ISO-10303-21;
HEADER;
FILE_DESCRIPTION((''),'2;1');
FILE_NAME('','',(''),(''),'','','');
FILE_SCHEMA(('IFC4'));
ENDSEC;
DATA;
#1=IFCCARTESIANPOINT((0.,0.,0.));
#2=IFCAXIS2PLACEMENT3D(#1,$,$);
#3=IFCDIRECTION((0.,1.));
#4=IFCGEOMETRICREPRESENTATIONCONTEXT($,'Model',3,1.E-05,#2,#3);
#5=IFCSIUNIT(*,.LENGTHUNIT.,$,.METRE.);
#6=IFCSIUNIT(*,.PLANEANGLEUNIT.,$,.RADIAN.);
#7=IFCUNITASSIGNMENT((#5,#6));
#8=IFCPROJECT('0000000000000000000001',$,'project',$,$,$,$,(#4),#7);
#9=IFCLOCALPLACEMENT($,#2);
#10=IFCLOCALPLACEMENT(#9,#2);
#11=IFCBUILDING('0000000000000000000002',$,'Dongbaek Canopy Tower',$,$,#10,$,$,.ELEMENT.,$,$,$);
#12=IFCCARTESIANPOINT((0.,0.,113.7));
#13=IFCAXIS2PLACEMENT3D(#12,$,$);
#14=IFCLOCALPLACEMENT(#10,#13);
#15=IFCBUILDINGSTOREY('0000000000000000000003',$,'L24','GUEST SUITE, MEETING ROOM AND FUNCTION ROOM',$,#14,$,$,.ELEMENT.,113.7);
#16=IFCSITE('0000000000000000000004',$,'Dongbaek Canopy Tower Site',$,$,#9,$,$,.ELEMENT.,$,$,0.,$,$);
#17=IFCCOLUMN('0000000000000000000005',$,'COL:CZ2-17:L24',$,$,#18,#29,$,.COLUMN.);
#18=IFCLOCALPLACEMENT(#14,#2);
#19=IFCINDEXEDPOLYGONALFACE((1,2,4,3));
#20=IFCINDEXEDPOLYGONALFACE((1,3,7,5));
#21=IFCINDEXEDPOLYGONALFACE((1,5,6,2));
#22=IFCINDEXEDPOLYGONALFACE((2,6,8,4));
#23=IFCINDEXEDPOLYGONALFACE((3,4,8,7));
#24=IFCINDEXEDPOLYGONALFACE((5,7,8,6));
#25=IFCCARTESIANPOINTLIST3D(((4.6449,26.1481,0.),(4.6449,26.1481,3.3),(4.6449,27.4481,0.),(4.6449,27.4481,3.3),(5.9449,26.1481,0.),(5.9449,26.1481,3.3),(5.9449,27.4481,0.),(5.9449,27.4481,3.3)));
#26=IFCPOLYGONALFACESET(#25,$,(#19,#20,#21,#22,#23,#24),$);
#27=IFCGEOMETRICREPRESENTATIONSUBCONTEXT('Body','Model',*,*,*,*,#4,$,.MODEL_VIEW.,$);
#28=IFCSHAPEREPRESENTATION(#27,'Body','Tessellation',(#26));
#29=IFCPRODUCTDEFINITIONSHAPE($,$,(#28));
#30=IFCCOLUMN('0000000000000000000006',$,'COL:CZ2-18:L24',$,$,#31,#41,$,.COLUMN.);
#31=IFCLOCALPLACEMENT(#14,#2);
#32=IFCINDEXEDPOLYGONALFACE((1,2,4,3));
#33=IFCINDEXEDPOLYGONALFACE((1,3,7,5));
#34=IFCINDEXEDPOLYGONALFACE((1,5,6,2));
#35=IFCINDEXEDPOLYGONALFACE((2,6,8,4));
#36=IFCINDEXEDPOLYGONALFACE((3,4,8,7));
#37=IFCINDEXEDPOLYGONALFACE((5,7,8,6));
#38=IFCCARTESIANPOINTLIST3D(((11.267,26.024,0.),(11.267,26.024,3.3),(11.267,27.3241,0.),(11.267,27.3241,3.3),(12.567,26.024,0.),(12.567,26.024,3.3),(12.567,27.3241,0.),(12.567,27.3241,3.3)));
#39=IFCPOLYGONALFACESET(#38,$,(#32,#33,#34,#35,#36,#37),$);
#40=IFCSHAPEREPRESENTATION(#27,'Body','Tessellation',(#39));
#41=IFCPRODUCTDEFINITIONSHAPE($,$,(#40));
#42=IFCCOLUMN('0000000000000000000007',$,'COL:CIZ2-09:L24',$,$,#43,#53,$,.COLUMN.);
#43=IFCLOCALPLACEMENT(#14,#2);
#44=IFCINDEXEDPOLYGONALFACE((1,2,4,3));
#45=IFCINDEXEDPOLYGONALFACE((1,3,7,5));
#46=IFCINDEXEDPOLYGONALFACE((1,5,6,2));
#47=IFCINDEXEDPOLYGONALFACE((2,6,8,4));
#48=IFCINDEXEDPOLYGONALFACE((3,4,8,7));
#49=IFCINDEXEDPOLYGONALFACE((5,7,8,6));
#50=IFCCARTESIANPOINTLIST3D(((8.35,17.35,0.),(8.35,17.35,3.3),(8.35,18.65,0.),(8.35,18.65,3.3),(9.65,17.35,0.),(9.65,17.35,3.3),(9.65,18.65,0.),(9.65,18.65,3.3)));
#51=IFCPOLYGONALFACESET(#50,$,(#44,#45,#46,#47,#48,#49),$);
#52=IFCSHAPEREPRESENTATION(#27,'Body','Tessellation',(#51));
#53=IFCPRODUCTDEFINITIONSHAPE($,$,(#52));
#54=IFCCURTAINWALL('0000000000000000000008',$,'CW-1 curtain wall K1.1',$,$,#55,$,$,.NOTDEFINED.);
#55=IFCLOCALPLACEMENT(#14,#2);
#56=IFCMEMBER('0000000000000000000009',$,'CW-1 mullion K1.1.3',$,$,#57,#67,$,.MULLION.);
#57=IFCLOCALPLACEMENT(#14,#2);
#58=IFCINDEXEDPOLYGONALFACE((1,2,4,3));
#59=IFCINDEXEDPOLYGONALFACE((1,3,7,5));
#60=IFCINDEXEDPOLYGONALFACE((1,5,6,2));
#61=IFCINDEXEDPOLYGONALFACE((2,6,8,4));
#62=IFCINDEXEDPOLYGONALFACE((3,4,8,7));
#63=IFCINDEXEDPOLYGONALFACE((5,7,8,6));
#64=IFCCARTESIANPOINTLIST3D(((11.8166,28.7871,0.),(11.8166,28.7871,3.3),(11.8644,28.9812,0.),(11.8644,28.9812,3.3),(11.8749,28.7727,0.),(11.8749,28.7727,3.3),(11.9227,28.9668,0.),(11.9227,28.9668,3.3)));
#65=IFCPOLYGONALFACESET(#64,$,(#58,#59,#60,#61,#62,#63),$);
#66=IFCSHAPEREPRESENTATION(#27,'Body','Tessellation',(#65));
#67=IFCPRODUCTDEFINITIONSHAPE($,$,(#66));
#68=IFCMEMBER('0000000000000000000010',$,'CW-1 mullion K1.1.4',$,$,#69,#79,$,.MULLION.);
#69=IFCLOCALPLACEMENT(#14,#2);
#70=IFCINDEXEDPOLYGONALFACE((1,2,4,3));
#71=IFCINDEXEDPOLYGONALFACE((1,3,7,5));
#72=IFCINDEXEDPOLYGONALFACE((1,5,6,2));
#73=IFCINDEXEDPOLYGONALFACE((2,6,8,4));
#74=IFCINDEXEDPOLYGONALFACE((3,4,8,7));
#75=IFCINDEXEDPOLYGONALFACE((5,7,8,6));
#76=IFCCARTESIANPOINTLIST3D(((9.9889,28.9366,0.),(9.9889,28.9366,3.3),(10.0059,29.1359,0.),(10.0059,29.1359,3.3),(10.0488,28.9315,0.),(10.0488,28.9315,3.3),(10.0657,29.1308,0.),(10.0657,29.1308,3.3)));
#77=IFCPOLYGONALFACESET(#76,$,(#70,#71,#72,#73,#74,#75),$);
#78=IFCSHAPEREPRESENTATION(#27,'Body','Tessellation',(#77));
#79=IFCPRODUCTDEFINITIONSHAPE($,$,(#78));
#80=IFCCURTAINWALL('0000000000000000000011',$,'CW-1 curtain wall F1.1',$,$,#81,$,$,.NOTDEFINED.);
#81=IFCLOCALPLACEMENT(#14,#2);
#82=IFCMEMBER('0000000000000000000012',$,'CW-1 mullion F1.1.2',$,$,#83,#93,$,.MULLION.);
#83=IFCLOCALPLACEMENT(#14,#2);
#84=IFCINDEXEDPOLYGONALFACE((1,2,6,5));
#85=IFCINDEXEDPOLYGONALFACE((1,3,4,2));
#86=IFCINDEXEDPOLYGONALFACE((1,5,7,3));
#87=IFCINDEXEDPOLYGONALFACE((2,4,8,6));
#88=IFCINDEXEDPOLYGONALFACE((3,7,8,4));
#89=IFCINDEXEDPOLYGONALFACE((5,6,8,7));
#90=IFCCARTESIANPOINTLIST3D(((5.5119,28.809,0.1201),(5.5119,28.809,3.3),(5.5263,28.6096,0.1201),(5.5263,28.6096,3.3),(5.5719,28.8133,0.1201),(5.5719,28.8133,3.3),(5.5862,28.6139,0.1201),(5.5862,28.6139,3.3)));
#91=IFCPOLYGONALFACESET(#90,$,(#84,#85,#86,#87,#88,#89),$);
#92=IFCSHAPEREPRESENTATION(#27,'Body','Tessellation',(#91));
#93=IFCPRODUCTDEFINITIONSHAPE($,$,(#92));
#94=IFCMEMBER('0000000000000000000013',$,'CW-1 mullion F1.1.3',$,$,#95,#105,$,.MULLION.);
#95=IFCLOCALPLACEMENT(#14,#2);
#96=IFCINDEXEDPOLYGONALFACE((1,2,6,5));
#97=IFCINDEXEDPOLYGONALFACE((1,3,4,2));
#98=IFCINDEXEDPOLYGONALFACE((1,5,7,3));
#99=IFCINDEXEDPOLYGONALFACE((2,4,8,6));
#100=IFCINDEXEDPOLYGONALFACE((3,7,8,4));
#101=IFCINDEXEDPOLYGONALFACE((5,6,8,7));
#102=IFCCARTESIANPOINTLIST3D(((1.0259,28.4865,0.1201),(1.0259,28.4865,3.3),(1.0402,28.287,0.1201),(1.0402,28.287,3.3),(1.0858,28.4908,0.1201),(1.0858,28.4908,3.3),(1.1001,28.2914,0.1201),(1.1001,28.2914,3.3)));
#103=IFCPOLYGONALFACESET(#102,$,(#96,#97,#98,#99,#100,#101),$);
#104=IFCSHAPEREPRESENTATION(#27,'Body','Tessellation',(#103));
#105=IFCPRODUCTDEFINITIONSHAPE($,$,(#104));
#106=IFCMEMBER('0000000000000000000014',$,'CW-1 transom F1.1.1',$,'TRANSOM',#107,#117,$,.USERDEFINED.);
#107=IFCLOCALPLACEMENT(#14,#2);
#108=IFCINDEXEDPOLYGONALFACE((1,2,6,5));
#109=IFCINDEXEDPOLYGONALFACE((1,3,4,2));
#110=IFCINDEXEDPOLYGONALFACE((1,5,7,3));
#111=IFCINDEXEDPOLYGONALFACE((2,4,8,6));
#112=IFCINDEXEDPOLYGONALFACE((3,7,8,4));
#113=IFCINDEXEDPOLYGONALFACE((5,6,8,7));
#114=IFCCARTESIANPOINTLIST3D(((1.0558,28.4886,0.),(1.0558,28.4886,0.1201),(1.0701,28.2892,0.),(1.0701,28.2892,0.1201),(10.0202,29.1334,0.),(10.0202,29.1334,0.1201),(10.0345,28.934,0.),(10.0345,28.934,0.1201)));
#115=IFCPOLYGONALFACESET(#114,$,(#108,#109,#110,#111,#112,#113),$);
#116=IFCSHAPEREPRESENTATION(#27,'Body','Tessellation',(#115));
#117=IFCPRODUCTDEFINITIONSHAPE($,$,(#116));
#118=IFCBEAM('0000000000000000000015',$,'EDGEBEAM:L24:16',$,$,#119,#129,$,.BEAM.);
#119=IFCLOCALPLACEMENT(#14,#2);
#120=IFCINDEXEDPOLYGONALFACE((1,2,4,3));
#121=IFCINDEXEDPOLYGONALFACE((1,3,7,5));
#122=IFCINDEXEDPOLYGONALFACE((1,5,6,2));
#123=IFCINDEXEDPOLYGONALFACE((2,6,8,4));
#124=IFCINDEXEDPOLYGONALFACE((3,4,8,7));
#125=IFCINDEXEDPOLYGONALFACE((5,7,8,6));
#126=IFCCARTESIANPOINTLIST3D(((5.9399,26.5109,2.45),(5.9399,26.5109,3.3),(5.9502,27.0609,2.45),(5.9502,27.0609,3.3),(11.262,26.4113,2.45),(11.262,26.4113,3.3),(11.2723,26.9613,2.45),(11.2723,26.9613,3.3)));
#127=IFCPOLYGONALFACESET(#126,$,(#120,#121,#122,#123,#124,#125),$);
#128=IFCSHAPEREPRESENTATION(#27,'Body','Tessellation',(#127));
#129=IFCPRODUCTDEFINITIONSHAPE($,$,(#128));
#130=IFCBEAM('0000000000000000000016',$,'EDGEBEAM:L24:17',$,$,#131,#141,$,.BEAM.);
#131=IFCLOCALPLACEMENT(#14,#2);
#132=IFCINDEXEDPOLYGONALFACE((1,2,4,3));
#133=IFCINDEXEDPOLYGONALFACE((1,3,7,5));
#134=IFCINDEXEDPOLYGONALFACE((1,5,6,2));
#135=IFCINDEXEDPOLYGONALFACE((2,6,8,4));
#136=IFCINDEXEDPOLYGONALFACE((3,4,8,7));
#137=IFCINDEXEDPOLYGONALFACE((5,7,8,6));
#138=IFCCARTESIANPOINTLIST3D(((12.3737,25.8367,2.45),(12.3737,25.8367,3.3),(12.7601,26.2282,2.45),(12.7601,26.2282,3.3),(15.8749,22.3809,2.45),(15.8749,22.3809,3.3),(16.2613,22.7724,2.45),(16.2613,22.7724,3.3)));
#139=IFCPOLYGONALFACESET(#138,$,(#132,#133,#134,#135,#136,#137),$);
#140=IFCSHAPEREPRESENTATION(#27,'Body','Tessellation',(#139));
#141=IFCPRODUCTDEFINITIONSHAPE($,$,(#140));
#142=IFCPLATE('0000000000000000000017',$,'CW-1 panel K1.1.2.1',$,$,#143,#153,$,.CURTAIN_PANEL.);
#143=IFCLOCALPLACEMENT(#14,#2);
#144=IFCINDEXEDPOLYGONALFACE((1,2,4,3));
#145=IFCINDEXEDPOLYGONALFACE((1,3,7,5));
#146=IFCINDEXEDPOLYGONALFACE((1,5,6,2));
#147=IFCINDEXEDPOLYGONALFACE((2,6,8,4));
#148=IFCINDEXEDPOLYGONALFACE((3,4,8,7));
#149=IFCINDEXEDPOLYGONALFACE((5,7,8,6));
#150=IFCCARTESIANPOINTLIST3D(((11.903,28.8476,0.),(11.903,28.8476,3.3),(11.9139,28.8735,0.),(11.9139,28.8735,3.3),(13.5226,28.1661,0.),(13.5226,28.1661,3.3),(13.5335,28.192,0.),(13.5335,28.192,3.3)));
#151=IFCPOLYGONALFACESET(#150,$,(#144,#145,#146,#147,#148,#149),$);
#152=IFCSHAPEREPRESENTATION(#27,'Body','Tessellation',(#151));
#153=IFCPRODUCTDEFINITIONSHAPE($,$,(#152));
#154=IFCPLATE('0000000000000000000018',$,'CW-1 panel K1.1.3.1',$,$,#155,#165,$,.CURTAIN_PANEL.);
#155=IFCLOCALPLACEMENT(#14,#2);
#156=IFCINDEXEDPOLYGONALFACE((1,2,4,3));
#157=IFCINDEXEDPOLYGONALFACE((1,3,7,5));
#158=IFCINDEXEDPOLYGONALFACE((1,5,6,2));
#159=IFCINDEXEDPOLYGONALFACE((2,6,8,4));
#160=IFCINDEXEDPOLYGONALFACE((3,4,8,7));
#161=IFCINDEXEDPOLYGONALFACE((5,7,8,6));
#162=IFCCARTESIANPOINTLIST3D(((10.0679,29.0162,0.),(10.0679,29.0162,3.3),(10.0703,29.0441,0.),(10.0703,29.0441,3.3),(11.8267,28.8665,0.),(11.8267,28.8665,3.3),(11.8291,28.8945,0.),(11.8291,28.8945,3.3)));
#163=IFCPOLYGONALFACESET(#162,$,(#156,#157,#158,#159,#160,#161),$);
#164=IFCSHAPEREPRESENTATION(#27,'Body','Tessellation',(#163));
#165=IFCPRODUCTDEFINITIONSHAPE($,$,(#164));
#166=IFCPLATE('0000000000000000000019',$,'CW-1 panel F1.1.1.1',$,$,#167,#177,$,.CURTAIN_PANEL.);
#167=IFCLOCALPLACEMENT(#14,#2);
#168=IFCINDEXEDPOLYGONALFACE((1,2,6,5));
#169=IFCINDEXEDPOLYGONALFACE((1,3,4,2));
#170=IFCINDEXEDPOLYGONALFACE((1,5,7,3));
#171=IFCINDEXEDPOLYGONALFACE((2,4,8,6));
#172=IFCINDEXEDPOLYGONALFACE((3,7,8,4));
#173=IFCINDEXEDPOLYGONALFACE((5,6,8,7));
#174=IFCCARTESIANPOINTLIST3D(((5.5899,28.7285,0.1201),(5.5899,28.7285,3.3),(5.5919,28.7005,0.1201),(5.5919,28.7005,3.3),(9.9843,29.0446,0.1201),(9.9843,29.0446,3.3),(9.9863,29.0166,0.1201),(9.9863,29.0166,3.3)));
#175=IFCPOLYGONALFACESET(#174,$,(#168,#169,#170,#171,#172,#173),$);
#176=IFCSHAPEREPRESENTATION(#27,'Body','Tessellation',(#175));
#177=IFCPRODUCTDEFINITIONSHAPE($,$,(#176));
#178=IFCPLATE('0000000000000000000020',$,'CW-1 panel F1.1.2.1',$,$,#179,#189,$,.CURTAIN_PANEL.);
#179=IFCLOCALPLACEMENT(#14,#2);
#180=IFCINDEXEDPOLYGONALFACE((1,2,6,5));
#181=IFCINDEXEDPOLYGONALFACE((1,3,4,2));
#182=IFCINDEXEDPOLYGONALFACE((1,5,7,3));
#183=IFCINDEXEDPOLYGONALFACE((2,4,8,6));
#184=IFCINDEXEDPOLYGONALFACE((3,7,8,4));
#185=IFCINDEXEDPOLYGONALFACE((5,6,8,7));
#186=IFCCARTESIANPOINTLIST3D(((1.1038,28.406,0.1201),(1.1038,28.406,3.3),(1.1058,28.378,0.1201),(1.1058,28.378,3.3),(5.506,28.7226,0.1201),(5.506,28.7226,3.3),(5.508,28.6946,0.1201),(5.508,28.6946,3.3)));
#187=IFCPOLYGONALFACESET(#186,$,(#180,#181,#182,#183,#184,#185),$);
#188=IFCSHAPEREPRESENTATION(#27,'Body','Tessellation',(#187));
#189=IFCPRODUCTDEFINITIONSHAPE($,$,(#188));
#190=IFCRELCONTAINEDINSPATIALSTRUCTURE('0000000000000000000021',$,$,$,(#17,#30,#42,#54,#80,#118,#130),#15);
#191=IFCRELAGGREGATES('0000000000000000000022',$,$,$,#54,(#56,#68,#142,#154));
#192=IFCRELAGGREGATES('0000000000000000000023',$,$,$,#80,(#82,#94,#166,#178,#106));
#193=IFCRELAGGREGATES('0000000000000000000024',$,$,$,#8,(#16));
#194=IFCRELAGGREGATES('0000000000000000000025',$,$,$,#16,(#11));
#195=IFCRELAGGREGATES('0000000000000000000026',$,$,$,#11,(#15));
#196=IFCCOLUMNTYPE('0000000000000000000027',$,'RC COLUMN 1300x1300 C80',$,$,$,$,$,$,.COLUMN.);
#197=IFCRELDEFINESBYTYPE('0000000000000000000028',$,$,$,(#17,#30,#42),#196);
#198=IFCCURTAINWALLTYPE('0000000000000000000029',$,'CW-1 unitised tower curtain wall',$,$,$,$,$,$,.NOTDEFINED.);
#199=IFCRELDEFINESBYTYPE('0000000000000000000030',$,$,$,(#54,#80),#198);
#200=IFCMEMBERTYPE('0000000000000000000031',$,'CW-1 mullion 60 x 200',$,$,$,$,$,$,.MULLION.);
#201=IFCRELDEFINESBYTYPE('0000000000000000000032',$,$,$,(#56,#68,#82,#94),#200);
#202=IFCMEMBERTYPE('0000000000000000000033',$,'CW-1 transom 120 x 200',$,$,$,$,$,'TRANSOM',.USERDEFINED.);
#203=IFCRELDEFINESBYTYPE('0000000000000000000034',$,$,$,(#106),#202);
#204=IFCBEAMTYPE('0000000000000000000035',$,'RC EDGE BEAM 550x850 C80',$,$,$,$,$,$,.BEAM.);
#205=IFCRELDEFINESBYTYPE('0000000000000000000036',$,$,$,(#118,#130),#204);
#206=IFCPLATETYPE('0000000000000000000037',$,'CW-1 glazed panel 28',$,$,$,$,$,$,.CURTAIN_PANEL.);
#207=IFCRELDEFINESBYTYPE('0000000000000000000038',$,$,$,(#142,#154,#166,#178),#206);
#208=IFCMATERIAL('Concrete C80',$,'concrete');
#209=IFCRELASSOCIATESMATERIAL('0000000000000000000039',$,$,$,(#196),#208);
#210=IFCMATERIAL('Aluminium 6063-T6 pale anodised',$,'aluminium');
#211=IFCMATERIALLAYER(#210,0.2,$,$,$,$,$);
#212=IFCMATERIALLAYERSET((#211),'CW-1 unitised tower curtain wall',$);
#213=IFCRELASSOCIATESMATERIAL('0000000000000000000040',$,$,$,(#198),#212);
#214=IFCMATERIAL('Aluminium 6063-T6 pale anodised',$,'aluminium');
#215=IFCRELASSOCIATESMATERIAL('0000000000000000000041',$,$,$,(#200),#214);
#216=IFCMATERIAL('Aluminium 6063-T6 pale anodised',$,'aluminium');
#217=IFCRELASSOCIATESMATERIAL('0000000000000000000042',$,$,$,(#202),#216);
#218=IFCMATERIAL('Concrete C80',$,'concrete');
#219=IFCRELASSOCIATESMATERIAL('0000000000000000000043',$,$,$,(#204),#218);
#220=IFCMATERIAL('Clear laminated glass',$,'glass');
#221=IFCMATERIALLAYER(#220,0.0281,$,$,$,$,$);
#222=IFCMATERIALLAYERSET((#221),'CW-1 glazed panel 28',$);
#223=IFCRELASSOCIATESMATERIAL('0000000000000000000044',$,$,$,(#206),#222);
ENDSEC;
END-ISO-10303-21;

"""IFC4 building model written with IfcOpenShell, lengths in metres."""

from ifc_helpers import new_model, si_unit, direction, frame, origin, origin_2d, place, context, subcontext, project, spatial, rectangle, extrude, material, layer, layer_set, material_profile, profile_set, type_object, element, aggregate, save


model = new_model("IFC4")

# Units and contexts
model_context = context("Model", 3, precision=1e-05, world=origin(), true_north=direction((0.0, 1.0)))
body_context = subcontext(model_context, "Body", "Model", "MODEL_VIEW")
ifc_project = project(units=[si_unit("LENGTHUNIT", "METRE"), si_unit("PLANEANGLEUNIT", "RADIAN")], contexts=[model_context])

# Site, building, storey
site_placement = place(None, origin())
site = spatial("IfcSite", under=ifc_project, at=site_placement, Name="Dongbaek Canopy Tower Site", CompositionType="ELEMENT", RefElevation=0.0)
building_placement = place(site_placement, origin())
building = spatial("IfcBuilding", under=site, at=building_placement, Name="Dongbaek Canopy Tower", CompositionType="ELEMENT")
storey_placement = place(building_placement, frame((0.0, 0.0, 113.7)))
storey = spatial("IfcBuildingStorey", under=building, at=storey_placement, Name="L24", Description="GUEST SUITE, MEETING ROOM AND FUNCTION ROOM", CompositionType="ELEMENT", Elevation=113.7)

# Columns
ifc_material_1 = material(Name="Concrete C80", Category="concrete")
ifc_material_profile_1 = material_profile(ifc_material_1, rectangle(XDim=1.3, YDim=1.3, at=origin_2d()), Name="RC COLUMN 1300x1300 C80")
ifc_profile_set_1 = profile_set([ifc_material_profile_1], Name="Concrete C80")
column_type = type_object("IfcColumnType", Name="RC COLUMN 1300x1300 C80", PredefinedType="COLUMN", material=ifc_profile_set_1)
for number, where, z_axis, x_axis, name in (
    (1, (5.2949, 26.7981, 0.0), (0.0, 0.0, 1.0), (1.0, 0.0, 0.0), "COL:CZ2-17:L24"),
    (2, (11.917, 26.6741, 0.0), (0.0, 0.0, 1.0), (1.0, 0.0, 0.0), "COL:CZ2-18:L24"),
    (3, (9.0, 18.0, 0.0), (0.0, 0.0, 1.0), (1.0, 0.0, 0.0), "COL:CIZ2-09:L24"),
):
    element("IfcColumn", number, at=place(storey_placement, frame(where, z_axis=z_axis, x_axis=x_axis)), inside=storey, type_object=column_type, Name=name, PredefinedType="COLUMN", context=body_context, shape_type="SweptSolid", body=[
        extrude(rectangle(XDim=1.3, YDim=1.3, at=origin_2d()), origin(), (0.0, 0.0, 1.0), 3.3),
    ])

# Curtain walls, members
ifc_material_2 = material(Name="Aluminium 6063-T6 pale anodised", Category="aluminium")
ifc_layer_1 = layer(ifc_material_2, 0.2)
ifc_layer_set_1 = layer_set([ifc_layer_1], Name="CW-1 unitised tower curtain wall")
curtain_wall_type = type_object("IfcCurtainWallType", Name="CW-1 unitised tower curtain wall", PredefinedType="NOTDEFINED", material=ifc_layer_set_1)
curtain_wall_1_placement = place(storey_placement, origin())
curtain_wall_1 = element("IfcCurtainWall", 4, at=curtain_wall_1_placement, inside=storey, type_object=curtain_wall_type, Name="CW-1 curtain wall K1.1", PredefinedType="NOTDEFINED")
ifc_material_3 = material(Name="Aluminium 6063-T6 pale anodised", Category="aluminium")
ifc_material_profile_2 = material_profile(ifc_material_3, rectangle(XDim=0.2, YDim=0.0601, at=origin_2d()), Name="CW-1 mullion 60 x 200")
ifc_profile_set_2 = profile_set([ifc_material_profile_2], Name="Aluminium 6063-T6 pale anodised")
member_type_1 = type_object("IfcMemberType", Name="CW-1 mullion 60 x 200", PredefinedType="MULLION", material=ifc_profile_set_2)
member_1_placement = place(storey_placement, frame((11.8696, 28.877, 0.0), z_axis=(0.0, 0.0, 1.0), x_axis=(0.23925, 0.970958, 0.0)))
member_1 = element("IfcMember", 5, at=member_1_placement, type_object=member_type_1, Name="CW-1 mullion K1.1.3", PredefinedType="MULLION", context=body_context, shape_type="SweptSolid", body=[
    extrude(rectangle(XDim=0.2, YDim=0.0601, at=origin_2d()), origin(), (0.0, 0.0, 1.0), 3.3),
])
member_2_placement = place(storey_placement, frame((10.0273, 29.0337, 0.0), z_axis=(0.0, 0.0, 1.0), x_axis=(0.084793, 0.996399, 0.0)))
member_2 = element("IfcMember", 6, at=member_2_placement, type_object=member_type_1, Name="CW-1 mullion K1.1.4", PredefinedType="MULLION", context=body_context, shape_type="SweptSolid", body=[
    extrude(rectangle(XDim=0.2, YDim=0.0601, at=origin_2d()), origin(), (0.0, 0.0, 1.0), 3.3),
])
curtain_wall_2_placement = place(storey_placement, origin())
curtain_wall_2 = element("IfcCurtainWall", 7, at=curtain_wall_2_placement, inside=storey, type_object=curtain_wall_type, Name="CW-1 curtain wall F1.1", PredefinedType="NOTDEFINED")
member_3_placement = place(storey_placement, frame((5.5491, 28.7114, 0.1201), z_axis=(0.0, 0.0, 1.0), x_axis=(-0.071743, 0.997423, 0.0)))
member_3 = element("IfcMember", 8, at=member_3_placement, type_object=member_type_1, Name="CW-1 mullion F1.1.2", PredefinedType="MULLION", context=body_context, shape_type="SweptSolid", body=[
    extrude(rectangle(XDim=0.2, YDim=0.0601, at=origin_2d()), origin(), (0.0, 0.0, 1.0), 3.1799),
])
member_4_placement = place(storey_placement, frame((1.063, 28.3889, 0.1201), z_axis=(0.0, 0.0, 1.0), x_axis=(-0.071743, 0.997423, 0.0)))
member_4 = element("IfcMember", 9, at=member_4_placement, type_object=member_type_1, Name="CW-1 mullion F1.1.3", PredefinedType="MULLION", context=body_context, shape_type="SweptSolid", body=[
    extrude(rectangle(XDim=0.2, YDim=0.0601, at=origin_2d()), origin(), (0.0, 0.0, 1.0), 3.1799),
])
ifc_material_4 = material(Name="Aluminium 6063-T6 pale anodised", Category="aluminium")
ifc_material_profile_3 = material_profile(ifc_material_4, rectangle(XDim=0.2, YDim=0.1201, at=origin_2d()), Name="CW-1 transom 120 x 200")
ifc_profile_set_3 = profile_set([ifc_material_profile_3], Name="Aluminium 6063-T6 pale anodised")
member_type_2 = type_object("IfcMemberType", Name="CW-1 transom 120 x 200", ElementType="TRANSOM", PredefinedType="USERDEFINED", material=ifc_profile_set_3)
member_5_placement = place(storey_placement, frame((10.0273, 29.0337, 0.0601), z_axis=(-0.997423, -0.071741, 0.0), x_axis=(0.071741, -0.997423, 0.0)))
member_5 = element("IfcMember", 10, at=member_5_placement, type_object=member_type_2, Name="CW-1 transom F1.1.1", ObjectType="TRANSOM", PredefinedType="USERDEFINED", context=body_context, shape_type="SweptSolid", body=[
    extrude(rectangle(XDim=0.2, YDim=0.1201, at=origin_2d()), origin(), (0.0, 0.0, 1.0), 8.9875),
])

# Beams
ifc_material_5 = material(Name="Concrete C80", Category="concrete")
ifc_material_profile_4 = material_profile(ifc_material_5, rectangle(XDim=0.55, YDim=0.8501, at=origin_2d()), Name="RC EDGE BEAM 550x850 C80")
ifc_profile_set_4 = profile_set([ifc_material_profile_4], Name="Concrete C80")
beam_type = type_object("IfcBeamType", Name="RC EDGE BEAM 550x850 C80", PredefinedType="BEAM", material=ifc_profile_set_4)
beam_1_placement = place(storey_placement, frame((5.9451, 26.7859, 2.875), z_axis=(0.999825, -0.018713, 0.0), x_axis=(0.018713, 0.999825, 0.0)))
element("IfcBeam", 11, at=beam_1_placement, inside=storey, type_object=beam_type, Name="EDGEBEAM:L24:16", PredefinedType="BEAM", context=body_context, shape_type="SweptSolid", body=[
    extrude(rectangle(XDim=0.55, YDim=0.8501, at=origin_2d()), origin(), (0.0, 0.0, 1.0), 5.323),
])
beam_2_placement = place(storey_placement, frame((12.5669, 26.0325, 2.875), z_axis=(0.711707, -0.702476, 0.0), x_axis=(0.702476, 0.711707, 0.0)))
element("IfcBeam", 12, at=beam_2_placement, inside=storey, type_object=beam_type, Name="EDGEBEAM:L24:17", PredefinedType="BEAM", context=body_context, shape_type="SweptSolid", body=[
    extrude(rectangle(XDim=0.55, YDim=0.8501, at=origin_2d()), origin(), (0.0, 0.0, 1.0), 4.9194),
])

# Plates
ifc_material_6 = material(Name="Clear laminated glass", Category="glass")
ifc_layer_2 = layer(ifc_material_6, 0.0281)
ifc_layer_set_2 = layer_set([ifc_layer_2], Name="CW-1 glazed panel 28")
plate_type = type_object("IfcPlateType", Name="CW-1 glazed panel 28", PredefinedType="CURTAIN_PANEL", material=ifc_layer_set_2)
plate_1_placement = place(storey_placement, frame((12.7183, 28.5198, 0.0), z_axis=(0.0, 0.0, 1.0), x_axis=(-0.921724, 0.387845, 0.0)))
plate_1 = element("IfcPlate", 13, at=plate_1_placement, type_object=plate_type, Name="CW-1 panel K1.1.2.1", PredefinedType="CURTAIN_PANEL", context=body_context, shape_type="SweptSolid", body=[
    extrude(rectangle(XDim=1.7571, YDim=0.0281, at=origin_2d()), origin(), (0.0, 0.0, 1.0), 3.3),
])
plate_2_placement = place(storey_placement, frame((10.9485, 28.9553, 0.0), z_axis=(0.0, 0.0, 1.0), x_axis=(-0.996399, 0.084793, 0.0)))
plate_2 = element("IfcPlate", 14, at=plate_2_placement, type_object=plate_type, Name="CW-1 panel K1.1.3.1", PredefinedType="CURTAIN_PANEL", context=body_context, shape_type="SweptSolid", body=[
    extrude(rectangle(XDim=1.7651, YDim=0.0281, at=origin_2d()), origin(), (0.0, 0.0, 1.0), 3.3),
])
aggregate(curtain_wall_1, [member_1, member_2, plate_1, plate_2])
plate_3_placement = place(storey_placement, frame((7.7881, 28.8726, 0.1201), z_axis=(0.0, 0.0, 1.0), x_axis=(-0.997423, -0.071743, 0.0)))
plate_3 = element("IfcPlate", 15, at=plate_3_placement, type_object=plate_type, Name="CW-1 panel F1.1.1.1", PredefinedType="CURTAIN_PANEL", context=body_context, shape_type="SweptSolid", body=[
    extrude(rectangle(XDim=4.4058, YDim=0.0281, at=origin_2d()), origin(), (0.0, 0.0, 1.0), 3.1799),
])
plate_4_placement = place(storey_placement, frame((3.3059, 28.5503, 0.1201), z_axis=(0.0, 0.0, 1.0), x_axis=(-0.997423, -0.071743, 0.0)))
plate_4 = element("IfcPlate", 16, at=plate_4_placement, type_object=plate_type, Name="CW-1 panel F1.1.2.1", PredefinedType="CURTAIN_PANEL", context=body_context, shape_type="SweptSolid", body=[
    extrude(rectangle(XDim=4.4136, YDim=0.0281, at=origin_2d()), origin(), (0.0, 0.0, 1.0), 3.1799),
])

aggregate(curtain_wall_2, [member_3, member_4, plate_3, plate_4, member_5])

save(model, "model.ifc")
